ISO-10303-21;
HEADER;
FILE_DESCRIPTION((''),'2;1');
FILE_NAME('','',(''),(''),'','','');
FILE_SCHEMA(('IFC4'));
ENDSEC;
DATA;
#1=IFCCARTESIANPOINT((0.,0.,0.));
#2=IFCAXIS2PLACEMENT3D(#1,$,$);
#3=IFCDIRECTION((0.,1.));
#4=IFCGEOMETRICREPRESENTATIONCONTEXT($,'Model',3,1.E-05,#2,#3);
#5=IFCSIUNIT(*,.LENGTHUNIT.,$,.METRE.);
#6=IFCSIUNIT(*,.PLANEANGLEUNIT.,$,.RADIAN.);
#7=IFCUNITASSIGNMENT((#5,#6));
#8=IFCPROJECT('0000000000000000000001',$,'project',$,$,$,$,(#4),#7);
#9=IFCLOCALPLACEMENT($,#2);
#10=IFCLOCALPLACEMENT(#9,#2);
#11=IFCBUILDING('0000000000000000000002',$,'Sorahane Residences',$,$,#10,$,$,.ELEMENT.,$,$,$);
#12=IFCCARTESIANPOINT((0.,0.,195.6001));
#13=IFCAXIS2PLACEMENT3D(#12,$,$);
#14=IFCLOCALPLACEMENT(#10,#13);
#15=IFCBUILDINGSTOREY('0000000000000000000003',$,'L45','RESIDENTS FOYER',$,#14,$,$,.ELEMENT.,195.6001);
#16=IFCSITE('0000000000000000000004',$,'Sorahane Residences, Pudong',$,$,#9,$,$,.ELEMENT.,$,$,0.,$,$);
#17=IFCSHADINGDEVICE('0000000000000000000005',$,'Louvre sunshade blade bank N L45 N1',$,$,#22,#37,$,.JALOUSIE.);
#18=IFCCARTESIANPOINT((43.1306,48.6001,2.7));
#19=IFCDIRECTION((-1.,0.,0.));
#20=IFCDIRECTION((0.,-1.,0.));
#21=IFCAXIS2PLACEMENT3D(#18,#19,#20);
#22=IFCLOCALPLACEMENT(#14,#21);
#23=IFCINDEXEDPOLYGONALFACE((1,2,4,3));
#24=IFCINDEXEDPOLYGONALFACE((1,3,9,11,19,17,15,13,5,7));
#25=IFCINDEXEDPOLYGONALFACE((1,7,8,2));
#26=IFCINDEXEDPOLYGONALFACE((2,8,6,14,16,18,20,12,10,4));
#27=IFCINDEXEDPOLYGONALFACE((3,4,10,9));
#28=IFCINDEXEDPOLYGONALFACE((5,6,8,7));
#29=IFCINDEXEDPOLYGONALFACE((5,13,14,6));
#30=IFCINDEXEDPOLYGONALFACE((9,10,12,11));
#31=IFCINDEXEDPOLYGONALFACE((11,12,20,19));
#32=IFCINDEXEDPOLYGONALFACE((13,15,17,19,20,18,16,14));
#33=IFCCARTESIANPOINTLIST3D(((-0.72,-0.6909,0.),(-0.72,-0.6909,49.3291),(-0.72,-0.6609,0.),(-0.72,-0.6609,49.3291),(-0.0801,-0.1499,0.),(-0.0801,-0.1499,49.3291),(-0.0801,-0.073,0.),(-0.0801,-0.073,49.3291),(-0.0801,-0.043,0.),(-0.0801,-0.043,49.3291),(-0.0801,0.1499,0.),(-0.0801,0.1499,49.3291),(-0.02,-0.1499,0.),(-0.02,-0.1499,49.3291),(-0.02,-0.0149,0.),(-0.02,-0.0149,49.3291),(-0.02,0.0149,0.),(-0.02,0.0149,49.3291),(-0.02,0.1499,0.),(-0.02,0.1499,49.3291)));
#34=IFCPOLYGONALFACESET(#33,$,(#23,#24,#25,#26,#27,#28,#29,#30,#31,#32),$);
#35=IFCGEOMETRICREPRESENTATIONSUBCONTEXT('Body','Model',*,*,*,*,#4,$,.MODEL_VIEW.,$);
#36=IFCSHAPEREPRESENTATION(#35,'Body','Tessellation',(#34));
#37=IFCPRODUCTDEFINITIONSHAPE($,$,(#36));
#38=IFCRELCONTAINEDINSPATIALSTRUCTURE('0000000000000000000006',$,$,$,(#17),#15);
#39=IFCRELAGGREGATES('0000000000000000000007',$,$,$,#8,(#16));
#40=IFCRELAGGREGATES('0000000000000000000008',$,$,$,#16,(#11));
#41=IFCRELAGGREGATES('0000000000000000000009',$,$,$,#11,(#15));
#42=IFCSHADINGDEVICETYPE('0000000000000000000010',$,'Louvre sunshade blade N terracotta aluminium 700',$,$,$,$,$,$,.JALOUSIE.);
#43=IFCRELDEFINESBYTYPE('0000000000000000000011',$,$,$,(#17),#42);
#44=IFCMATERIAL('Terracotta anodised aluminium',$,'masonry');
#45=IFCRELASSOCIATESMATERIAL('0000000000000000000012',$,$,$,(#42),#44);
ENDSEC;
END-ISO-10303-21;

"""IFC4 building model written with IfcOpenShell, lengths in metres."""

from ifc_helpers import new_model, si_unit, direction, frame, origin, place, context, subcontext, project, spatial, polyline, outline, extrude, material, type_object, element, save


model = new_model("IFC4")

# Units and contexts
model_context = context("Model", 3, precision=1e-05, world=origin(), true_north=direction((0.0, 1.0)))
body_context = subcontext(model_context, "Body", "Model", "MODEL_VIEW")
ifc_project = project(units=[si_unit("LENGTHUNIT", "METRE"), si_unit("PLANEANGLEUNIT", "RADIAN")], contexts=[model_context])

# Site, building, storey
site_placement = place(None, origin())
site = spatial("IfcSite", under=ifc_project, at=site_placement, Name="Sorahane Residences, Pudong", CompositionType="ELEMENT", RefElevation=0.0)
building_placement = place(site_placement, origin())
building = spatial("IfcBuilding", under=site, at=building_placement, Name="Sorahane Residences", CompositionType="ELEMENT")
storey_placement = place(building_placement, frame((0.0, 0.0, 195.6001)))
storey = spatial("IfcBuildingStorey", under=building, at=storey_placement, Name="L45", Description="RESIDENTS FOYER", CompositionType="ELEMENT", Elevation=195.6001)

# Shading device
ifc_material_1 = material(Name="Terracotta anodised aluminium", Category="masonry")
shading_device_type = type_object("IfcShadingDeviceType", Name="Louvre sunshade blade N terracotta aluminium 700", PredefinedType="JALOUSIE", material=ifc_material_1)
shading_device_placement = place(storey_placement, frame((43.1306, 48.6001, 2.7), z_axis=(-1.0, 0.0, 0.0), x_axis=(0.0, -1.0, 0.0)))
element("IfcShadingDevice", 1, at=shading_device_placement, inside=storey, type_object=shading_device_type, Name="Louvre sunshade blade bank N L45 N1", PredefinedType="JALOUSIE", context=body_context, shape_type="SweptSolid", body=[
    extrude(outline(polyline([(-0.72, -0.6609), (-0.72, -0.6909), (-0.0801, -0.073), (-0.0801, -0.1499), (-0.02, -0.1499), (-0.02, -0.0149), (-0.02, 0.0149), (-0.02, 0.1499), (-0.0801, 0.1499), (-0.0801, -0.043), (-0.72, -0.6609)])), origin(), (0.0, 0.0, 1.0), 49.3291),
])

save(model, "model.ifc")
